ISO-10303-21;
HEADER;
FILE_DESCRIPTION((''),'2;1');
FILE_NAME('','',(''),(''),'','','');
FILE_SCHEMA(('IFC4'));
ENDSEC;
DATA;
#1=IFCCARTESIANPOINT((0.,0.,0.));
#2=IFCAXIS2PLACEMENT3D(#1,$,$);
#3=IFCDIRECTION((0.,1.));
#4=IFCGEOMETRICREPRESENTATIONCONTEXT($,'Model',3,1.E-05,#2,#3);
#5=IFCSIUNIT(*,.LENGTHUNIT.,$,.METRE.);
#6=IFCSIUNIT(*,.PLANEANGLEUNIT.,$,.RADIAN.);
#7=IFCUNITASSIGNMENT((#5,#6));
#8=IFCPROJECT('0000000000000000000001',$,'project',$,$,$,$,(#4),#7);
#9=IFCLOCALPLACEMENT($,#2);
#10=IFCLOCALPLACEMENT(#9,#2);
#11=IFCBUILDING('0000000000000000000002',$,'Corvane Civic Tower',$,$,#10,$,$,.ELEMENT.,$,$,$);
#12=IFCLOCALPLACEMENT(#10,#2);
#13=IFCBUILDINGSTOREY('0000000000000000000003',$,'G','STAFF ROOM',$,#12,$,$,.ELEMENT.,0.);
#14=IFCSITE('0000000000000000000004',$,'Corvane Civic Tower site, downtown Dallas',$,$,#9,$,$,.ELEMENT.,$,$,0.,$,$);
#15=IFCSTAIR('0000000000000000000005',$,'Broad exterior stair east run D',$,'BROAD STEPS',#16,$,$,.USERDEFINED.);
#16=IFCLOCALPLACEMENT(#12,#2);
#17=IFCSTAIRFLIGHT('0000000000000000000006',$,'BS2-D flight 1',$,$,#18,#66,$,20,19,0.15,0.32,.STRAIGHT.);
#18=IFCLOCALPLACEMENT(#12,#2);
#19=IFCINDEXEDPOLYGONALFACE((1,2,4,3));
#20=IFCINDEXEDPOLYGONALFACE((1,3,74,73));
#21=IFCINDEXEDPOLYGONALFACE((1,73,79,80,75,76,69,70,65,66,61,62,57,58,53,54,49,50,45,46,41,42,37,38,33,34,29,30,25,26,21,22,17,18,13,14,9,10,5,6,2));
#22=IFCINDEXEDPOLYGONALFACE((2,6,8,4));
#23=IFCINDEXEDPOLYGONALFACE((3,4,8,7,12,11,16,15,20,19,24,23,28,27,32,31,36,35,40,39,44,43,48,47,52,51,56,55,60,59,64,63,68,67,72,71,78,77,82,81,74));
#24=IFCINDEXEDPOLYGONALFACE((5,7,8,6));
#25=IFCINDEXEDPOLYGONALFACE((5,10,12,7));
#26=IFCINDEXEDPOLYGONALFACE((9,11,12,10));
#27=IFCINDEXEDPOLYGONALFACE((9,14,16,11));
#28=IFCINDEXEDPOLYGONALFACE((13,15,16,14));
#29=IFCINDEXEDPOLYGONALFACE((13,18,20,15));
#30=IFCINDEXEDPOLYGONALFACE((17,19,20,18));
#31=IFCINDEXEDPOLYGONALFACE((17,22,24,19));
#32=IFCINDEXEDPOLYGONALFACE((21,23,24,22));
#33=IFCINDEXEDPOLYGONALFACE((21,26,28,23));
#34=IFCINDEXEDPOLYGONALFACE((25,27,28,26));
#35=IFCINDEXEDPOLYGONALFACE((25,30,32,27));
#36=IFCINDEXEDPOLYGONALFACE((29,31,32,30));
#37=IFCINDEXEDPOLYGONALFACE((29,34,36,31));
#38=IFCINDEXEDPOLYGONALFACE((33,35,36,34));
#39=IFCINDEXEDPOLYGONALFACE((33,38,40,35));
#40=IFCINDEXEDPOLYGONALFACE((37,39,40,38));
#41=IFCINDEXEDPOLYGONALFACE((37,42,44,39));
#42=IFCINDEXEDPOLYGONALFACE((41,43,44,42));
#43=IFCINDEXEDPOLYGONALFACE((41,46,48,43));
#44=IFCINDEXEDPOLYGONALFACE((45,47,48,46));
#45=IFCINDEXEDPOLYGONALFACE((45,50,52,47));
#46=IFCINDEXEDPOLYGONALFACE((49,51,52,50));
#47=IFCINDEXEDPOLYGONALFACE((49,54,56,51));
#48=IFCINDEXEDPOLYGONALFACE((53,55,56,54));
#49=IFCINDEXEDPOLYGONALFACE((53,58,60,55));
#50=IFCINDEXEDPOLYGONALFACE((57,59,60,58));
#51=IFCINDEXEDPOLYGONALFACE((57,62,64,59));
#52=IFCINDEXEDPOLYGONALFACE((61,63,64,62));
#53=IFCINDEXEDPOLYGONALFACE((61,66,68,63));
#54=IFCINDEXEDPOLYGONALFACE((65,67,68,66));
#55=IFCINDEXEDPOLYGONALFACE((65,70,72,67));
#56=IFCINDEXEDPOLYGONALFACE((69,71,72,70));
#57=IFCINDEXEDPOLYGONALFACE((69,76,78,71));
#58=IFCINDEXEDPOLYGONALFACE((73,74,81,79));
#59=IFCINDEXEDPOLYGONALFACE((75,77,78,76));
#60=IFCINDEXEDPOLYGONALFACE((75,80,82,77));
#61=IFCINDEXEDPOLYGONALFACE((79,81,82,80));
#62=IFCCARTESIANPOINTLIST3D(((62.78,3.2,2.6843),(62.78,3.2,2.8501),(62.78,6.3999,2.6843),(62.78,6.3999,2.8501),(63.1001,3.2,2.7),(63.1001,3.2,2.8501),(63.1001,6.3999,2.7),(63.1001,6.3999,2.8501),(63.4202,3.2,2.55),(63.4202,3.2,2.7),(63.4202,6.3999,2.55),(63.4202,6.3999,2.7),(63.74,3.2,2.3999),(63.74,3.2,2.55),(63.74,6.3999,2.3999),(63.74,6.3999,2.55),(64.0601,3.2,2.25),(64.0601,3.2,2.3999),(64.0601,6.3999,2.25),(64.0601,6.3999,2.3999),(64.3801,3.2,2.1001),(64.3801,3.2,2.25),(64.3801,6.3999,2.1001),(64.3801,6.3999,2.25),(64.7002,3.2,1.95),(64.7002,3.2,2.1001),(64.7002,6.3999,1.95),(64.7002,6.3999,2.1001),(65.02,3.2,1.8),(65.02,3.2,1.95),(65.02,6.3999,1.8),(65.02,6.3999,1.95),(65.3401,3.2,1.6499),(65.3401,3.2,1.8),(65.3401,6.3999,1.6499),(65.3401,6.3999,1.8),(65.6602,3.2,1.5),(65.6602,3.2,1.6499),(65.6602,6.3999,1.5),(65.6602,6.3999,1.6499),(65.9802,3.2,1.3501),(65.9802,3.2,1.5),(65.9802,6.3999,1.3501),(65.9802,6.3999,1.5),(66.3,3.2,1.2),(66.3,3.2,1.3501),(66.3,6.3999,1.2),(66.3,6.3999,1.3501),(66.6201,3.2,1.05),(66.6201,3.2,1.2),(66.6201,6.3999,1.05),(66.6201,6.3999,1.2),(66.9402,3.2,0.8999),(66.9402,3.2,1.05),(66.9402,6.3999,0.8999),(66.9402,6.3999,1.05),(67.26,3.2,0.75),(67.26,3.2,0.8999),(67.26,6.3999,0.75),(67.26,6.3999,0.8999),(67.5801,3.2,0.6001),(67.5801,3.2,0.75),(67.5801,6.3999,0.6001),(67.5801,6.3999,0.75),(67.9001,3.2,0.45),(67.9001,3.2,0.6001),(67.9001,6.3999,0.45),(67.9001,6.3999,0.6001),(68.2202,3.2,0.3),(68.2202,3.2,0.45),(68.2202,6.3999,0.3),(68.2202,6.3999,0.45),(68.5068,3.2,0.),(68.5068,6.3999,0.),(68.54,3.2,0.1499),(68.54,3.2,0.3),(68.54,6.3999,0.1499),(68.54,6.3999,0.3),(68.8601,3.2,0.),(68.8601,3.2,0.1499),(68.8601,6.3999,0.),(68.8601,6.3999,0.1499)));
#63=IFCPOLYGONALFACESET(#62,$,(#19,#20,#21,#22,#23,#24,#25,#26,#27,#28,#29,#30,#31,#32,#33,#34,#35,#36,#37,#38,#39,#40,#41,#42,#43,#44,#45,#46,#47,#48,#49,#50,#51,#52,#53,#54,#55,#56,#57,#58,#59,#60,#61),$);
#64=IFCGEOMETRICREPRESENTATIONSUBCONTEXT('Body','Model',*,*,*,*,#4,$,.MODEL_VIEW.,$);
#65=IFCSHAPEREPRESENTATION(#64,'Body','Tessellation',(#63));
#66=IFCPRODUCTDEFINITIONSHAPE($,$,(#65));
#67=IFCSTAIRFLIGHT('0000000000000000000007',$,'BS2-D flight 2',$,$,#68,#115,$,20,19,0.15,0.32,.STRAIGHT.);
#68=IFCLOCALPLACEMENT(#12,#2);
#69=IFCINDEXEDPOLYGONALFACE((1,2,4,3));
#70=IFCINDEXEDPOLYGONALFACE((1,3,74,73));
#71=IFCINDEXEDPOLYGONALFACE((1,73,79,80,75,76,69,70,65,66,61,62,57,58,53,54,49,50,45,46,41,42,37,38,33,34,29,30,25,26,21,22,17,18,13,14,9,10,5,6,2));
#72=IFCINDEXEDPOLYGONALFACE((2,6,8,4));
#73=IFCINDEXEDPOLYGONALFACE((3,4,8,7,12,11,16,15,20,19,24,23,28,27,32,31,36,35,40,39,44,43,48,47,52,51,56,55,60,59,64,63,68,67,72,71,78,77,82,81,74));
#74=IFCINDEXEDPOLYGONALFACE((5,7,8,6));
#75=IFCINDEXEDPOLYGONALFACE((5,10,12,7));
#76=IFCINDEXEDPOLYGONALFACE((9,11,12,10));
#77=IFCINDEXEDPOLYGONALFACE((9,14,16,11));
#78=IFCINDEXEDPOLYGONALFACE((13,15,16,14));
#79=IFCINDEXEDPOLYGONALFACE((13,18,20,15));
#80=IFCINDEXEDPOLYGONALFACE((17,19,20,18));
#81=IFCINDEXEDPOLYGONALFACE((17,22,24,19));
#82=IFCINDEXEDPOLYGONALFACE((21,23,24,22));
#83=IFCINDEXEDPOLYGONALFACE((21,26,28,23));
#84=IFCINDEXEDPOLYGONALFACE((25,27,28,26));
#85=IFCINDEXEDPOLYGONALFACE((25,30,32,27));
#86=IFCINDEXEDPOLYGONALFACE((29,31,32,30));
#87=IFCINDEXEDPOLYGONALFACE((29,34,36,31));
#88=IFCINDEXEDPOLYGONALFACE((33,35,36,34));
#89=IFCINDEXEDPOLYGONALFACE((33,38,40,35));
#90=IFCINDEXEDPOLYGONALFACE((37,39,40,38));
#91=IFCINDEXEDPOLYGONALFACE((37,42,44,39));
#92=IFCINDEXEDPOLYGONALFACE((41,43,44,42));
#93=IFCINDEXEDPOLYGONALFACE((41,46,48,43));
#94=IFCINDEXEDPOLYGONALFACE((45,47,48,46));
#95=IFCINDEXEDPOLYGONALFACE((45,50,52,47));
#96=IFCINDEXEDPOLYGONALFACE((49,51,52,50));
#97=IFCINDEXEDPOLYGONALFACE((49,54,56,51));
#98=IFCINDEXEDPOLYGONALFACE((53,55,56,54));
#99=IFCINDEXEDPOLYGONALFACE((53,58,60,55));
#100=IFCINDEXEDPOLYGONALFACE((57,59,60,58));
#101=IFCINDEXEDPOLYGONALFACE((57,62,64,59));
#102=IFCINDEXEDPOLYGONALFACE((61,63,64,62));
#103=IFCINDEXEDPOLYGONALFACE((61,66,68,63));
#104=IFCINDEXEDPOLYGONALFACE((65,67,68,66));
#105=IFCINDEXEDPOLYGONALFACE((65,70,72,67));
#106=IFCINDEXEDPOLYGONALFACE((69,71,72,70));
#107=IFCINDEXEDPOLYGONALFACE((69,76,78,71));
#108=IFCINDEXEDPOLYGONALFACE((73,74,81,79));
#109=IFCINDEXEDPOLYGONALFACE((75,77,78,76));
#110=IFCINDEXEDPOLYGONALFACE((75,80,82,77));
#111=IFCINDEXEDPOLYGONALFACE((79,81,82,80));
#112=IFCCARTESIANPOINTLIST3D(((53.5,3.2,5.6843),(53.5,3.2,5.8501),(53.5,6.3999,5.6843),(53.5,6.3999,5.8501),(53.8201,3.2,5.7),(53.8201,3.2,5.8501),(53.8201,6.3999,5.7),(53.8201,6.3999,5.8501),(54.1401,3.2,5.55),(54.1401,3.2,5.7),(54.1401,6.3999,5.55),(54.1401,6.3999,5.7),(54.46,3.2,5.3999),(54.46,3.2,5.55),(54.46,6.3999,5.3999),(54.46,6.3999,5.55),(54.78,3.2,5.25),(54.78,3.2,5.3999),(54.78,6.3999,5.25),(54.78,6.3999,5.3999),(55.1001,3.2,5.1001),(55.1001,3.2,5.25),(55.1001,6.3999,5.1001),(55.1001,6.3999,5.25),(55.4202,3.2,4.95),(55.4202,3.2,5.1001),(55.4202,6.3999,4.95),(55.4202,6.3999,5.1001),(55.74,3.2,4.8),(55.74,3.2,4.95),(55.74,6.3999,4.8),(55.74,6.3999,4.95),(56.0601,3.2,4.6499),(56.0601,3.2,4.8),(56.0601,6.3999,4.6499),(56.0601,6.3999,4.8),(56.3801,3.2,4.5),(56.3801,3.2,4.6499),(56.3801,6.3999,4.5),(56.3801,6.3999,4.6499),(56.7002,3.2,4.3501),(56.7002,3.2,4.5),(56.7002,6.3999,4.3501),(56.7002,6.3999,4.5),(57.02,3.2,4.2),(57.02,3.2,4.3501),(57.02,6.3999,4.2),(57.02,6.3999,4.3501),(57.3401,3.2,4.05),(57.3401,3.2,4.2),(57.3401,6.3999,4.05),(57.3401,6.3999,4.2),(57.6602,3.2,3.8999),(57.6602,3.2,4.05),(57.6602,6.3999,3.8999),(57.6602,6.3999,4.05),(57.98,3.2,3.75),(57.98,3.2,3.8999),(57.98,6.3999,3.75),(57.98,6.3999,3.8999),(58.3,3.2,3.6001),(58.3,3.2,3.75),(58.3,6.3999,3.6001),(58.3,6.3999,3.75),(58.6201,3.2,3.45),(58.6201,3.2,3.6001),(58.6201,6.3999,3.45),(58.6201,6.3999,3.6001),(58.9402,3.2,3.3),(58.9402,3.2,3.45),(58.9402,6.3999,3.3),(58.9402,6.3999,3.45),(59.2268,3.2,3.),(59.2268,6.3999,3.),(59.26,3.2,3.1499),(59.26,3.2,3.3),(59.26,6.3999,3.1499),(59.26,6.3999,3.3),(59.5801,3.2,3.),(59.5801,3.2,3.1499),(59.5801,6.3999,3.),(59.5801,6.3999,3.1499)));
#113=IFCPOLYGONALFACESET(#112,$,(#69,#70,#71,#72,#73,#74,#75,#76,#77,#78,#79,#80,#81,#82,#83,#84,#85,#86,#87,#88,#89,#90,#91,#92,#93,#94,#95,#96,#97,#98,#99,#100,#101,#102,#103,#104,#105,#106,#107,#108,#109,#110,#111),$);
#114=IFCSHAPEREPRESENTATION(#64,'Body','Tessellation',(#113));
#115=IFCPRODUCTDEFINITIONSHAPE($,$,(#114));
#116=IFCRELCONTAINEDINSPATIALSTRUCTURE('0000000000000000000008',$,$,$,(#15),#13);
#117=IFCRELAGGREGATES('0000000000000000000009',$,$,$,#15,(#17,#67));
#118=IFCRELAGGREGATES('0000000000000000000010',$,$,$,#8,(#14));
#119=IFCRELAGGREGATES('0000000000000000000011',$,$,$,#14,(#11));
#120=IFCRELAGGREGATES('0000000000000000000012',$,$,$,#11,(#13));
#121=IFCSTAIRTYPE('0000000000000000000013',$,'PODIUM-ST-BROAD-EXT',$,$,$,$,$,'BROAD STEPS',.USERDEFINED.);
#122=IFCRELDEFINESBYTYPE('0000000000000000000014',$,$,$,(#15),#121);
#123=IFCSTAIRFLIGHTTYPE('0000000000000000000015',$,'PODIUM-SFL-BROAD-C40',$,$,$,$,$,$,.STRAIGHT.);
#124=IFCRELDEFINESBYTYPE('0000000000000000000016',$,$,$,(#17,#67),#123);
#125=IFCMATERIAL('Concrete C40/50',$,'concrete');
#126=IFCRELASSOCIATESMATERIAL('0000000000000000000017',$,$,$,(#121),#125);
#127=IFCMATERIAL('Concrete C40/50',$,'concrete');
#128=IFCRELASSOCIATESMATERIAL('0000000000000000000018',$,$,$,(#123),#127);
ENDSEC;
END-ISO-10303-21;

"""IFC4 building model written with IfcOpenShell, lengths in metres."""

from ifc_helpers import new_model, si_unit, direction, frame, origin, place, context, subcontext, project, spatial, polyline, outline, extrude, material, type_object, element, aggregate, save


model = new_model("IFC4")

# Units and contexts
model_context = context("Model", 3, precision=1e-05, world=origin(), true_north=direction((0.0, 1.0)))
body_context = subcontext(model_context, "Body", "Model", "MODEL_VIEW")
ifc_project = project(units=[si_unit("LENGTHUNIT", "METRE"), si_unit("PLANEANGLEUNIT", "RADIAN")], contexts=[model_context])

# Site, building, storey
site_placement = place(None, origin())
site = spatial("IfcSite", under=ifc_project, at=site_placement, Name="Corvane Civic Tower site, downtown Dallas", CompositionType="ELEMENT", RefElevation=0.0)
building_placement = place(site_placement, origin())
building = spatial("IfcBuilding", under=site, at=building_placement, Name="Corvane Civic Tower", CompositionType="ELEMENT")
storey_placement = place(building_placement, origin())
storey = spatial("IfcBuildingStorey", under=building, at=storey_placement, Name="G", Description="STAFF ROOM", CompositionType="ELEMENT", Elevation=0.0)

# Stair, stair flights
ifc_material_1 = material(Name="Concrete C40/50", Category="concrete")
stair_type = type_object("IfcStairType", Name="PODIUM-ST-BROAD-EXT", ElementType="BROAD STEPS", PredefinedType="USERDEFINED", material=ifc_material_1)
ifc_material_2 = material(Name="Concrete C40/50", Category="concrete")
stair_flight_type = type_object("IfcStairFlightType", Name="PODIUM-SFL-BROAD-C40", PredefinedType="STRAIGHT", material=ifc_material_2)
stair_1_placement = place(storey_placement, origin())
stair_1 = element("IfcStair", 1, at=stair_1_placement, inside=storey, type_object=stair_type, Name="Broad exterior stair east run D", ObjectType="BROAD STEPS", PredefinedType="USERDEFINED")
stair_flight_1_placement = place(storey_placement, frame((68.8601, 4.8, 0.0), z_axis=(0.0, 0.0, 1.0), x_axis=(-1.0, 0.0, 0.0)))
stair_flight_1 = element("IfcStairFlight", 2, at=stair_flight_1_placement, type_object=stair_flight_type, Name="BS2-D flight 1", NumberOfRisers=20, NumberOfTreads=19, PredefinedType="STRAIGHT", RiserHeight=0.15, TreadLength=0.32, context=body_context, shape_type="SweptSolid", body=[
    extrude(outline(polyline([(0.0, 0.0), (0.0, 0.1499), (0.3201, 0.1499), (0.3201, 0.3), (0.6399, 0.3), (0.6399, 0.45), (0.96, 0.45), (0.96, 0.6001), (1.28, 0.6001), (1.28, 0.75), (1.6001, 0.75), (1.6001, 0.8999), (1.9199, 0.8999), (1.9199, 1.05), (2.24, 1.05), (2.24, 1.2), (2.5601, 1.2), (2.5601, 1.3501), (2.8799, 1.3501), (2.8799, 1.5), (3.2, 1.5), (3.2, 1.6499), (3.52, 1.6499), (3.52, 1.8), (3.8401, 1.8), (3.8401, 1.95), (4.1599, 1.95), (4.1599, 2.1001), (4.48, 2.1001), (4.48, 2.25), (4.8, 2.25), (4.8, 2.3999), (5.1201, 2.3999), (5.1201, 2.55), (5.4399, 2.55), (5.4399, 2.7), (5.76, 2.7), (5.76, 2.8501), (6.0801, 2.8501), (6.0801, 3.0), (6.0801, 2.6843), (0.3533, 0.0), (0.0, 0.0)])), frame((0.0, 1.6001, 0.0), z_axis=(0.0, -1.0, 0.0), x_axis=(1.0, 0.0, 0.0)), (0.0, 0.0, 1.0), 3.2),
])
stair_flight_2_placement = place(storey_placement, frame((59.5801, 4.8, 3.0), z_axis=(0.0, 0.0, 1.0), x_axis=(-1.0, 0.0, 0.0)))
stair_flight_2 = element("IfcStairFlight", 3, at=stair_flight_2_placement, type_object=stair_flight_type, Name="BS2-D flight 2", NumberOfRisers=20, NumberOfTreads=19, PredefinedType="STRAIGHT", RiserHeight=0.15, TreadLength=0.32, context=body_context, shape_type="SweptSolid", body=[
    extrude(outline(polyline([(0.0, 0.0), (0.0, 0.1499), (0.3201, 0.1499), (0.3201, 0.3), (0.6399, 0.3), (0.6399, 0.45), (0.96, 0.45), (0.96, 0.6001), (1.28, 0.6001), (1.28, 0.75), (1.6001, 0.75), (1.6001, 0.8999), (1.9199, 0.8999), (1.9199, 1.05), (2.24, 1.05), (2.24, 1.2), (2.5601, 1.2), (2.5601, 1.3501), (2.8799, 1.3501), (2.8799, 1.5), (3.2, 1.5), (3.2, 1.6499), (3.52, 1.6499), (3.52, 1.8), (3.8401, 1.8), (3.8401, 1.95), (4.1599, 1.95), (4.1599, 2.1001), (4.48, 2.1001), (4.48, 2.25), (4.8, 2.25), (4.8, 2.3999), (5.1201, 2.3999), (5.1201, 2.55), (5.4399, 2.55), (5.4399, 2.7), (5.76, 2.7), (5.76, 2.8501), (6.0801, 2.8501), (6.0801, 3.0), (6.0801, 2.6843), (0.3533, 0.0), (0.0, 0.0)])), frame((0.0, 1.6001, 0.0), z_axis=(0.0, -1.0, 0.0), x_axis=(1.0, 0.0, 0.0)), (0.0, 0.0, 1.0), 3.2),
])
aggregate(stair_1, [stair_flight_1, stair_flight_2])

save(model, "model.ifc")
